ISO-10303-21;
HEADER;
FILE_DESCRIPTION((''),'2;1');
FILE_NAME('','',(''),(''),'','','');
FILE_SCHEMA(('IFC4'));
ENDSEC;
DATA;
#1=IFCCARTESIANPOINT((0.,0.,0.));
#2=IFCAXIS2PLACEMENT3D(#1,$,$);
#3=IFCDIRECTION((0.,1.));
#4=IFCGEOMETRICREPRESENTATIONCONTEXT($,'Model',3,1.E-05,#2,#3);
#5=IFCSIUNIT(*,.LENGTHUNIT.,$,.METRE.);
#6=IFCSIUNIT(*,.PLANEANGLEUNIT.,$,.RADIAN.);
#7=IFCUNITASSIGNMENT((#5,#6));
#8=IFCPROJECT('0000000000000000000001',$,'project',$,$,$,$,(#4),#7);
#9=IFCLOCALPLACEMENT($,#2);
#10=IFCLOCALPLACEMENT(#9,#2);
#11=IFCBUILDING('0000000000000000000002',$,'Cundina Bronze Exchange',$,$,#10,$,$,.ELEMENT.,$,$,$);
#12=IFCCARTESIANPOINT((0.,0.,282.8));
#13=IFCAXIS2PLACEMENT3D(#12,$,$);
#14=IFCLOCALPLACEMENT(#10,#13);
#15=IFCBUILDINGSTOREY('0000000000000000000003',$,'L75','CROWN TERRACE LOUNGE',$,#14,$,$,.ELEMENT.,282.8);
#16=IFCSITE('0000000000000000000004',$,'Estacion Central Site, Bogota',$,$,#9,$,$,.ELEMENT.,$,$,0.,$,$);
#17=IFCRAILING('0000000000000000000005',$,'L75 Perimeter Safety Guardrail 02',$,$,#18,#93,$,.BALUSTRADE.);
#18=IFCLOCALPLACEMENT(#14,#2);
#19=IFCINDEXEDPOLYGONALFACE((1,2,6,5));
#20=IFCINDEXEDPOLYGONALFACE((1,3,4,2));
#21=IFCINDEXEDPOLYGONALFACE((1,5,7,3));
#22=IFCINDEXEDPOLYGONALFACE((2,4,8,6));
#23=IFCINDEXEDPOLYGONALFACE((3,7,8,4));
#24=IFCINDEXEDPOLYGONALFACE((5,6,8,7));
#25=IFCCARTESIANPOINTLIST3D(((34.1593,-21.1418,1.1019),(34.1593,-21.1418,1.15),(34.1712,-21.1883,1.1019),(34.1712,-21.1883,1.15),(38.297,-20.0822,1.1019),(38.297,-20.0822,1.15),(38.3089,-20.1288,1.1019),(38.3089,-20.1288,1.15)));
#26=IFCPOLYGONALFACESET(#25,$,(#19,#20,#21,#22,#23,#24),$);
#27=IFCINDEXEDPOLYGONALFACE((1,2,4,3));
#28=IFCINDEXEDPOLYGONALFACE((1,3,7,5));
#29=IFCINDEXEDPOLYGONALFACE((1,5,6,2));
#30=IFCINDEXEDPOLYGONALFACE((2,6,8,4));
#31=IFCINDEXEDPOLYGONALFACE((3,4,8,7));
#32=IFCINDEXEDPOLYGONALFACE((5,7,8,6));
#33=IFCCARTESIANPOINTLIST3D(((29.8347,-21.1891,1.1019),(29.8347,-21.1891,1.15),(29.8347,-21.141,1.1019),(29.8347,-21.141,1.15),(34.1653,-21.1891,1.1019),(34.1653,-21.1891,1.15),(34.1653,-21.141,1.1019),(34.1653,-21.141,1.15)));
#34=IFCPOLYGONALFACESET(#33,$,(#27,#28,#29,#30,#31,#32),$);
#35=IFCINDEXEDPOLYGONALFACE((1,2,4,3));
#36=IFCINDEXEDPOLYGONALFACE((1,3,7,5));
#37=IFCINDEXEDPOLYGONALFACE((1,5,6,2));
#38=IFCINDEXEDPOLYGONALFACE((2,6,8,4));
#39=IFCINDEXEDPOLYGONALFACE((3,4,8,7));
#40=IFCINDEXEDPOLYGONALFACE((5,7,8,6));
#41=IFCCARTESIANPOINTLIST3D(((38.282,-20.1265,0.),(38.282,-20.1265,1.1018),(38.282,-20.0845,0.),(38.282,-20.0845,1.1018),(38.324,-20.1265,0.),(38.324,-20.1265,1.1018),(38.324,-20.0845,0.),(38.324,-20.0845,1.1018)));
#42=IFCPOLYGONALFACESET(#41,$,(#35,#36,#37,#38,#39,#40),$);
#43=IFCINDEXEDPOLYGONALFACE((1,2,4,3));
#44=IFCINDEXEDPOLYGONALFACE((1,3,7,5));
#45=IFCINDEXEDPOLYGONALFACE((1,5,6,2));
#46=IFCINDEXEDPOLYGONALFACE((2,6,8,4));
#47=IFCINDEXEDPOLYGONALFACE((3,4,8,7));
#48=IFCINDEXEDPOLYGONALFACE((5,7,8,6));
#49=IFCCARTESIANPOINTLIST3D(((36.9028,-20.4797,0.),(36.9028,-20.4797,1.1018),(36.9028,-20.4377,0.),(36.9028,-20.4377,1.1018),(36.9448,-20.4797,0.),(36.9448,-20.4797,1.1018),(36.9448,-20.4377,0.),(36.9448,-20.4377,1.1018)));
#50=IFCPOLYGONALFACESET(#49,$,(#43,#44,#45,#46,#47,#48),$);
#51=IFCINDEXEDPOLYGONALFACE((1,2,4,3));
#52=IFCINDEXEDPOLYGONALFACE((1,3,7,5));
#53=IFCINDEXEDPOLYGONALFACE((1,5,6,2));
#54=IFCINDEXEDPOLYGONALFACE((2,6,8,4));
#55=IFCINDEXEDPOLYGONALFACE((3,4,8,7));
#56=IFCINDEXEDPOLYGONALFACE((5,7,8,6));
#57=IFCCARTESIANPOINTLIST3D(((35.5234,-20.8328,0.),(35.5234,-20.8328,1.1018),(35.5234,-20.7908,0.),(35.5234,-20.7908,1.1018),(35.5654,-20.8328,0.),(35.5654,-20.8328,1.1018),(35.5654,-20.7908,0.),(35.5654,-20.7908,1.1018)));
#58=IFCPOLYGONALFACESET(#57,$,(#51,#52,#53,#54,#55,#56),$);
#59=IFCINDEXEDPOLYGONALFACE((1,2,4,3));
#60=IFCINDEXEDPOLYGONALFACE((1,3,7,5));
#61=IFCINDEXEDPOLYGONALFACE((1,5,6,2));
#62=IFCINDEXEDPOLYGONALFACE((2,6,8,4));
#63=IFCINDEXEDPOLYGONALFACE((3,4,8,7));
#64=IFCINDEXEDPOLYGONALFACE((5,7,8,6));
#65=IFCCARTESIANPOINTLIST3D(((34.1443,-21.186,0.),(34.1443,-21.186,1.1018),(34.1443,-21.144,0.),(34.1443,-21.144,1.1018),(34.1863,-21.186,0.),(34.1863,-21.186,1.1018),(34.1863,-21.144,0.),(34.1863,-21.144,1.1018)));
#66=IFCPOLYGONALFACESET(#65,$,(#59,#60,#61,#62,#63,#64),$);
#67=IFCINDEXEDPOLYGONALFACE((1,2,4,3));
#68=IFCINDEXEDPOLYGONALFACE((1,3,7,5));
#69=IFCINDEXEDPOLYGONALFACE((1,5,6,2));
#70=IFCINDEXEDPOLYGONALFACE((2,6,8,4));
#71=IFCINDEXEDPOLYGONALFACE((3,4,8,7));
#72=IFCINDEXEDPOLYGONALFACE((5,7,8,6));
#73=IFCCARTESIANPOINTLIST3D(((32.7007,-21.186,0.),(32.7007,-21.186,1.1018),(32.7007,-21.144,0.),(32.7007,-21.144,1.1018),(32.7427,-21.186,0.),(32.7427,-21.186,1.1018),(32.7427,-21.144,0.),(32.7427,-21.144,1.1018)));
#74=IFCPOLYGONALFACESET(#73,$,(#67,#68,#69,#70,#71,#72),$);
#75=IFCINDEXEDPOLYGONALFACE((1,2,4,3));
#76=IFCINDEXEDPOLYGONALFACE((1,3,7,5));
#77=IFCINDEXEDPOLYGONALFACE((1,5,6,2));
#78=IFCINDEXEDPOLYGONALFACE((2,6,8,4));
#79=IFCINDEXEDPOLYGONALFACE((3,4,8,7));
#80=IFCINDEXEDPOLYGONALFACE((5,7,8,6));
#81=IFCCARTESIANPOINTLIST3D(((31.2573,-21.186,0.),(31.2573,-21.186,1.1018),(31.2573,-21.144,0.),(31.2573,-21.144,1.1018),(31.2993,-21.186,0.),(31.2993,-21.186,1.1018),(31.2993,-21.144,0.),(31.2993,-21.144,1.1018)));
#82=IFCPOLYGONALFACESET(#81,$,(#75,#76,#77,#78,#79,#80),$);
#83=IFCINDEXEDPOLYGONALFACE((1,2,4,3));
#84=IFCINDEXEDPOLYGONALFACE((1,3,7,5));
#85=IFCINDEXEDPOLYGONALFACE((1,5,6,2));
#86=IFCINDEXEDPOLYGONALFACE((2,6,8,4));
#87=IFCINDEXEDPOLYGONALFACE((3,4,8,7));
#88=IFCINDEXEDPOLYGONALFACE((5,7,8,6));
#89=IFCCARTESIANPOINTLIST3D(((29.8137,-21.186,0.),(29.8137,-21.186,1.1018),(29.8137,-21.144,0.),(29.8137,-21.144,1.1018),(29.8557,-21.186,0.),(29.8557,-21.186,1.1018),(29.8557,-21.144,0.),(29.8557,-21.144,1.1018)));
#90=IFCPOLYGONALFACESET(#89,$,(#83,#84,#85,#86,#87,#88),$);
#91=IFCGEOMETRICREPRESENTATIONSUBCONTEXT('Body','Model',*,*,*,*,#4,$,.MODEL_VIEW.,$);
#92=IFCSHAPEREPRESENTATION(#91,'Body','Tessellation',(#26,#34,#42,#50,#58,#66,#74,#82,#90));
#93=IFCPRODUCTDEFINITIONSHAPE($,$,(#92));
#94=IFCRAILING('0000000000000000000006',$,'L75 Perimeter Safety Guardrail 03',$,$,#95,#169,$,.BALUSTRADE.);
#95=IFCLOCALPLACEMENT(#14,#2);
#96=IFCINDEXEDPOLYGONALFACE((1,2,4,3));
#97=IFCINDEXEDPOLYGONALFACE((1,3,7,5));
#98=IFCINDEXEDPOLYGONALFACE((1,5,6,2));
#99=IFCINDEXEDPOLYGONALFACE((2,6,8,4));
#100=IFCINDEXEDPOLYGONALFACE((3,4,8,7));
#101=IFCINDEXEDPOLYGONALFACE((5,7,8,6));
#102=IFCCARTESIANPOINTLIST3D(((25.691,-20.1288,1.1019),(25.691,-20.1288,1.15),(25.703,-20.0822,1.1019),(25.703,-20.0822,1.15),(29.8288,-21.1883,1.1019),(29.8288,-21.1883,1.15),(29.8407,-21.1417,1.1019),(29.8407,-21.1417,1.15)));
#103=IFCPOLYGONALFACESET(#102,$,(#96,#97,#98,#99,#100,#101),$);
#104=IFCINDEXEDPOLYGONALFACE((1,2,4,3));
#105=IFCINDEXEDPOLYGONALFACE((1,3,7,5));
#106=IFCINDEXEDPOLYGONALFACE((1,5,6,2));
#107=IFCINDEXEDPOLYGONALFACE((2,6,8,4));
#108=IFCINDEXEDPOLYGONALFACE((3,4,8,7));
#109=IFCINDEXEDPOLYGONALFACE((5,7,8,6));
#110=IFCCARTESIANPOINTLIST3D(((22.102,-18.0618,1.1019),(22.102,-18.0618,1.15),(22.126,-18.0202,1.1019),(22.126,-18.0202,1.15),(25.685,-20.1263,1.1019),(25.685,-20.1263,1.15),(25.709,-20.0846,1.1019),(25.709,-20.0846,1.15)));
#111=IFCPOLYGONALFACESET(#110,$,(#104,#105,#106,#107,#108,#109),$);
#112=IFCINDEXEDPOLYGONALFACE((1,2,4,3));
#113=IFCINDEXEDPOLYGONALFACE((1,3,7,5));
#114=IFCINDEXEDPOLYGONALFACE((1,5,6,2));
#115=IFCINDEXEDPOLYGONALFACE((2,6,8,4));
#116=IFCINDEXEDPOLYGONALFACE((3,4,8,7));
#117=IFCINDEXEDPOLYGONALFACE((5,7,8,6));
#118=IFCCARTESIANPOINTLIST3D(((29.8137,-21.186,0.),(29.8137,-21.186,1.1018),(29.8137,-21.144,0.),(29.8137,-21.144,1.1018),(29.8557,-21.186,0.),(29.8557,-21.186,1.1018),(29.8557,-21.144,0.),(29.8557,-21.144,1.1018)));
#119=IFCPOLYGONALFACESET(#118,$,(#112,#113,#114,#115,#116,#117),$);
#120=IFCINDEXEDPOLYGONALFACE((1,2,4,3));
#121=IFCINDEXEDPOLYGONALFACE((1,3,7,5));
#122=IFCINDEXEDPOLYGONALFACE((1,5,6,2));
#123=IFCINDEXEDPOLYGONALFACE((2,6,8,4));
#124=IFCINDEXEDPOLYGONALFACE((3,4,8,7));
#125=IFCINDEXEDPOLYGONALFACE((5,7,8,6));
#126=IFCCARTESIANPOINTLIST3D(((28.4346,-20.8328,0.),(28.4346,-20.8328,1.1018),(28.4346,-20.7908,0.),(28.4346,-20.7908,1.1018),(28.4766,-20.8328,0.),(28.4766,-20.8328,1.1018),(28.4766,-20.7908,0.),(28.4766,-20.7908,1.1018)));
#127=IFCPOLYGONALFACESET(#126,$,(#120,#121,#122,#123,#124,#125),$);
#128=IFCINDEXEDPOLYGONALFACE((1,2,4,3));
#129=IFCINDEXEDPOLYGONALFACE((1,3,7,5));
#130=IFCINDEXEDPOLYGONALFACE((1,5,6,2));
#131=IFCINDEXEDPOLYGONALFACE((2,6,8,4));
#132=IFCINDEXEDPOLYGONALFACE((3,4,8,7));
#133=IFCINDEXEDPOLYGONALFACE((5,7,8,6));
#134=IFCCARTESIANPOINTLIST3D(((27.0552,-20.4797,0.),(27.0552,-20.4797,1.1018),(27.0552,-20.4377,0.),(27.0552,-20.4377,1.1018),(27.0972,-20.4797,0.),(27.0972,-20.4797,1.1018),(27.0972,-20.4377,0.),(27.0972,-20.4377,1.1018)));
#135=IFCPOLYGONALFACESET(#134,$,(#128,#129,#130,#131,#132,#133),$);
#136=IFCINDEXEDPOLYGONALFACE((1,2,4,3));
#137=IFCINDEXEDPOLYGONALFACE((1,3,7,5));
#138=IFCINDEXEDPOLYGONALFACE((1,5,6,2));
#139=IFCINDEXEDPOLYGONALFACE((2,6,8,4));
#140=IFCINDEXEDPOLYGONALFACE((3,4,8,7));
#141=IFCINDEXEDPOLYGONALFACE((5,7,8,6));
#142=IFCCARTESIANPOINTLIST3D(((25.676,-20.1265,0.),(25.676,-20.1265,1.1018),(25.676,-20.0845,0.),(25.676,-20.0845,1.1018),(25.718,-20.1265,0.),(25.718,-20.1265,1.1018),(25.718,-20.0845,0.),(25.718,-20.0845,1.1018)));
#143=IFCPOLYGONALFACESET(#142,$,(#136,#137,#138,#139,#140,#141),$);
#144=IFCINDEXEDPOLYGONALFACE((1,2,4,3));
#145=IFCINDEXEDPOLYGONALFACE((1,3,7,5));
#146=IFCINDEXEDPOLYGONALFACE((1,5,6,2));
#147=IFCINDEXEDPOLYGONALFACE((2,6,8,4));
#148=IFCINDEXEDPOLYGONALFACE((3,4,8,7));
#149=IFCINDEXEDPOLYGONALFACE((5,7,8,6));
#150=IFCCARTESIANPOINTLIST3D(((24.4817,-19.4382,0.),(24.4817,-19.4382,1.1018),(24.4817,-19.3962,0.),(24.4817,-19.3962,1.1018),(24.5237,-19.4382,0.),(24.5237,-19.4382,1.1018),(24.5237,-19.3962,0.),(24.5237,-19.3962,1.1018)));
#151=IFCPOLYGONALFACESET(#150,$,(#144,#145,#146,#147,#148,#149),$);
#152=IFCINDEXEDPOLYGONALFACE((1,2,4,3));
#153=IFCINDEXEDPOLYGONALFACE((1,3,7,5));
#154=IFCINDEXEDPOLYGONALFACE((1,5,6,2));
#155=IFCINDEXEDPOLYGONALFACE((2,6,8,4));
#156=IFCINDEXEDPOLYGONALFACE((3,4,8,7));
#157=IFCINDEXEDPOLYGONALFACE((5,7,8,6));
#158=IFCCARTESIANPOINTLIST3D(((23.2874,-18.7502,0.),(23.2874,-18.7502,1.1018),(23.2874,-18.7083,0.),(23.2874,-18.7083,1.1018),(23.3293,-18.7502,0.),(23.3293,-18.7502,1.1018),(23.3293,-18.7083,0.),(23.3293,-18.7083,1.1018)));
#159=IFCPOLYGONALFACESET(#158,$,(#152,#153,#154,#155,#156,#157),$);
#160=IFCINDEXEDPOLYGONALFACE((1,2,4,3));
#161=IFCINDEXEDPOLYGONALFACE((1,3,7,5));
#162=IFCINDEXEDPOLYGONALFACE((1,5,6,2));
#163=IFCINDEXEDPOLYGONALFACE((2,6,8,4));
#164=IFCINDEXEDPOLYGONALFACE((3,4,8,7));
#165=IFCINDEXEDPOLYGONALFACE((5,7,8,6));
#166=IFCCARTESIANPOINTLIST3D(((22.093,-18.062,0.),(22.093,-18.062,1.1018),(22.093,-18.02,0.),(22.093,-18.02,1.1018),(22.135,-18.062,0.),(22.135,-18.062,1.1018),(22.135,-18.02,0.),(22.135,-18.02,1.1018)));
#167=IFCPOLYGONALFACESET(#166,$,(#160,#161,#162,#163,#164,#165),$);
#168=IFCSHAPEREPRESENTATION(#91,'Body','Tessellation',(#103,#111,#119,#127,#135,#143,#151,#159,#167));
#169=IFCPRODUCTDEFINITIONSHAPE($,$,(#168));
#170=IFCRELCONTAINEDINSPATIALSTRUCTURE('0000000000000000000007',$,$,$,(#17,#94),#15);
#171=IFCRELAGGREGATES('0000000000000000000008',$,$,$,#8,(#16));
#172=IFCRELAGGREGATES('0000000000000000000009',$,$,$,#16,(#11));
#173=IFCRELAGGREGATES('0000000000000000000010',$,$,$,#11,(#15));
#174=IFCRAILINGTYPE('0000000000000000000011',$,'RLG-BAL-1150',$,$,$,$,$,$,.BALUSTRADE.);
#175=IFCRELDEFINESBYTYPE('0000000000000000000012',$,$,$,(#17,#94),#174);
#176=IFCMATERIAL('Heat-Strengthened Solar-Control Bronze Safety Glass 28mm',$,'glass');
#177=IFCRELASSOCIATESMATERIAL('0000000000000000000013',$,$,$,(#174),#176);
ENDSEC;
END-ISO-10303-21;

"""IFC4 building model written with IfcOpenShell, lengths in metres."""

from ifc_helpers import new_model, si_unit, direction, frame, origin, origin_2d, place, context, subcontext, project, spatial, rectangle, extrude, material, type_object, element, save


model = new_model("IFC4")

# Units and contexts
model_context = context("Model", 3, precision=1e-05, world=origin(), true_north=direction((0.0, 1.0)))
body_context = subcontext(model_context, "Body", "Model", "MODEL_VIEW")
ifc_project = project(units=[si_unit("LENGTHUNIT", "METRE"), si_unit("PLANEANGLEUNIT", "RADIAN")], contexts=[model_context])

# Site, building, storey
site_placement = place(None, origin())
site = spatial("IfcSite", under=ifc_project, at=site_placement, Name="Estacion Central Site, Bogota", CompositionType="ELEMENT", RefElevation=0.0)
building_placement = place(site_placement, origin())
building = spatial("IfcBuilding", under=site, at=building_placement, Name="Cundina Bronze Exchange", CompositionType="ELEMENT")
storey_placement = place(building_placement, frame((0.0, 0.0, 282.8)))
storey = spatial("IfcBuildingStorey", under=building, at=storey_placement, Name="L75", Description="CROWN TERRACE LOUNGE", CompositionType="ELEMENT", Elevation=282.8)

# Railings
ifc_material_1 = material(Name="Heat-Strengthened Solar-Control Bronze Safety Glass 28mm", Category="glass")
railing_type = type_object("IfcRailingType", Name="RLG-BAL-1150", PredefinedType="BALUSTRADE", material=ifc_material_1)
railing_1_placement = place(storey_placement, frame((38.303, -20.1055, 0.0)))
element("IfcRailing", 1, at=railing_1_placement, inside=storey, type_object=railing_type, Name="L75 Perimeter Safety Guardrail 02", PredefinedType="BALUSTRADE", context=body_context, shape_type="SweptSolid", body=[
    extrude(rectangle(XDim=0.0481, YDim=0.0481, at=origin_2d()), frame((0.0, 0.0, 1.126), z_axis=(-0.968741, -0.248073, 0.0), x_axis=(0.248073, -0.968741, 0.0)), (0.0, 0.0, 1.0), 4.2712),
    extrude(rectangle(XDim=0.0481, YDim=0.0481, at=origin_2d()), frame((-4.1377, -1.0596, 1.126), z_axis=(-1.0, 0.0, 0.0), x_axis=(0.0, -1.0, 0.0)), (0.0, 0.0, 1.0), 4.3306),
    extrude(rectangle(XDim=0.042, YDim=0.042, at=origin_2d()), origin(), (0.0, 0.0, 1.0), 1.1018),
    extrude(rectangle(XDim=0.042, YDim=0.042, at=origin_2d()), frame((-1.3792, -0.3533, 0.0)), (0.0, 0.0, 1.0), 1.1018),
    extrude(rectangle(XDim=0.042, YDim=0.042, at=origin_2d()), frame((-2.7585, -0.7063, 0.0)), (0.0, 0.0, 1.0), 1.1018),
    extrude(rectangle(XDim=0.042, YDim=0.042, at=origin_2d()), frame((-4.1377, -1.0596, 0.0)), (0.0, 0.0, 1.0), 1.1018),
    extrude(rectangle(XDim=0.042, YDim=0.042, at=origin_2d()), frame((-5.5813, -1.0596, 0.0)), (0.0, 0.0, 1.0), 1.1018),
    extrude(rectangle(XDim=0.042, YDim=0.042, at=origin_2d()), frame((-7.0247, -1.0596, 0.0)), (0.0, 0.0, 1.0), 1.1018),
    extrude(rectangle(XDim=0.042, YDim=0.042, at=origin_2d()), frame((-8.4683, -1.0596, 0.0)), (0.0, 0.0, 1.0), 1.1018),
])
railing_2_placement = place(storey_placement, frame((29.8347, -21.165, 0.0)))
element("IfcRailing", 2, at=railing_2_placement, inside=storey, type_object=railing_type, Name="L75 Perimeter Safety Guardrail 03", PredefinedType="BALUSTRADE", context=body_context, shape_type="SweptSolid", body=[
    extrude(rectangle(XDim=0.0481, YDim=0.0481, at=origin_2d()), frame((0.0, 0.0, 1.126), z_axis=(-0.968741, 0.248073, 0.0), x_axis=(-0.248073, -0.968741, 0.0)), (0.0, 0.0, 1.0), 4.2712),
    extrude(rectangle(XDim=0.0481, YDim=0.0481, at=origin_2d()), frame((-4.1377, 1.0596, 1.126), z_axis=(-0.866465, 0.499239, 0.0), x_axis=(-0.499239, -0.866465, 0.0)), (0.0, 0.0, 1.0), 4.1353),
    extrude(rectangle(XDim=0.042, YDim=0.042, at=origin_2d()), origin(), (0.0, 0.0, 1.0), 1.1018),
    extrude(rectangle(XDim=0.042, YDim=0.042, at=origin_2d()), frame((-1.3792, 0.3533, 0.0)), (0.0, 0.0, 1.0), 1.1018),
    extrude(rectangle(XDim=0.042, YDim=0.042, at=origin_2d()), frame((-2.7585, 0.7063, 0.0)), (0.0, 0.0, 1.0), 1.1018),
    extrude(rectangle(XDim=0.042, YDim=0.042, at=origin_2d()), frame((-4.1377, 1.0596, 0.0)), (0.0, 0.0, 1.0), 1.1018),
    extrude(rectangle(XDim=0.042, YDim=0.042, at=origin_2d()), frame((-5.332, 1.7478, 0.0)), (0.0, 0.0, 1.0), 1.1018),
    extrude(rectangle(XDim=0.042, YDim=0.042, at=origin_2d()), frame((-6.5264, 2.4358, 0.0)), (0.0, 0.0, 1.0), 1.1018),
    extrude(rectangle(XDim=0.042, YDim=0.042, at=origin_2d()), frame((-7.7207, 3.124, 0.0)), (0.0, 0.0, 1.0), 1.1018),
])

save(model, "model.ifc")
